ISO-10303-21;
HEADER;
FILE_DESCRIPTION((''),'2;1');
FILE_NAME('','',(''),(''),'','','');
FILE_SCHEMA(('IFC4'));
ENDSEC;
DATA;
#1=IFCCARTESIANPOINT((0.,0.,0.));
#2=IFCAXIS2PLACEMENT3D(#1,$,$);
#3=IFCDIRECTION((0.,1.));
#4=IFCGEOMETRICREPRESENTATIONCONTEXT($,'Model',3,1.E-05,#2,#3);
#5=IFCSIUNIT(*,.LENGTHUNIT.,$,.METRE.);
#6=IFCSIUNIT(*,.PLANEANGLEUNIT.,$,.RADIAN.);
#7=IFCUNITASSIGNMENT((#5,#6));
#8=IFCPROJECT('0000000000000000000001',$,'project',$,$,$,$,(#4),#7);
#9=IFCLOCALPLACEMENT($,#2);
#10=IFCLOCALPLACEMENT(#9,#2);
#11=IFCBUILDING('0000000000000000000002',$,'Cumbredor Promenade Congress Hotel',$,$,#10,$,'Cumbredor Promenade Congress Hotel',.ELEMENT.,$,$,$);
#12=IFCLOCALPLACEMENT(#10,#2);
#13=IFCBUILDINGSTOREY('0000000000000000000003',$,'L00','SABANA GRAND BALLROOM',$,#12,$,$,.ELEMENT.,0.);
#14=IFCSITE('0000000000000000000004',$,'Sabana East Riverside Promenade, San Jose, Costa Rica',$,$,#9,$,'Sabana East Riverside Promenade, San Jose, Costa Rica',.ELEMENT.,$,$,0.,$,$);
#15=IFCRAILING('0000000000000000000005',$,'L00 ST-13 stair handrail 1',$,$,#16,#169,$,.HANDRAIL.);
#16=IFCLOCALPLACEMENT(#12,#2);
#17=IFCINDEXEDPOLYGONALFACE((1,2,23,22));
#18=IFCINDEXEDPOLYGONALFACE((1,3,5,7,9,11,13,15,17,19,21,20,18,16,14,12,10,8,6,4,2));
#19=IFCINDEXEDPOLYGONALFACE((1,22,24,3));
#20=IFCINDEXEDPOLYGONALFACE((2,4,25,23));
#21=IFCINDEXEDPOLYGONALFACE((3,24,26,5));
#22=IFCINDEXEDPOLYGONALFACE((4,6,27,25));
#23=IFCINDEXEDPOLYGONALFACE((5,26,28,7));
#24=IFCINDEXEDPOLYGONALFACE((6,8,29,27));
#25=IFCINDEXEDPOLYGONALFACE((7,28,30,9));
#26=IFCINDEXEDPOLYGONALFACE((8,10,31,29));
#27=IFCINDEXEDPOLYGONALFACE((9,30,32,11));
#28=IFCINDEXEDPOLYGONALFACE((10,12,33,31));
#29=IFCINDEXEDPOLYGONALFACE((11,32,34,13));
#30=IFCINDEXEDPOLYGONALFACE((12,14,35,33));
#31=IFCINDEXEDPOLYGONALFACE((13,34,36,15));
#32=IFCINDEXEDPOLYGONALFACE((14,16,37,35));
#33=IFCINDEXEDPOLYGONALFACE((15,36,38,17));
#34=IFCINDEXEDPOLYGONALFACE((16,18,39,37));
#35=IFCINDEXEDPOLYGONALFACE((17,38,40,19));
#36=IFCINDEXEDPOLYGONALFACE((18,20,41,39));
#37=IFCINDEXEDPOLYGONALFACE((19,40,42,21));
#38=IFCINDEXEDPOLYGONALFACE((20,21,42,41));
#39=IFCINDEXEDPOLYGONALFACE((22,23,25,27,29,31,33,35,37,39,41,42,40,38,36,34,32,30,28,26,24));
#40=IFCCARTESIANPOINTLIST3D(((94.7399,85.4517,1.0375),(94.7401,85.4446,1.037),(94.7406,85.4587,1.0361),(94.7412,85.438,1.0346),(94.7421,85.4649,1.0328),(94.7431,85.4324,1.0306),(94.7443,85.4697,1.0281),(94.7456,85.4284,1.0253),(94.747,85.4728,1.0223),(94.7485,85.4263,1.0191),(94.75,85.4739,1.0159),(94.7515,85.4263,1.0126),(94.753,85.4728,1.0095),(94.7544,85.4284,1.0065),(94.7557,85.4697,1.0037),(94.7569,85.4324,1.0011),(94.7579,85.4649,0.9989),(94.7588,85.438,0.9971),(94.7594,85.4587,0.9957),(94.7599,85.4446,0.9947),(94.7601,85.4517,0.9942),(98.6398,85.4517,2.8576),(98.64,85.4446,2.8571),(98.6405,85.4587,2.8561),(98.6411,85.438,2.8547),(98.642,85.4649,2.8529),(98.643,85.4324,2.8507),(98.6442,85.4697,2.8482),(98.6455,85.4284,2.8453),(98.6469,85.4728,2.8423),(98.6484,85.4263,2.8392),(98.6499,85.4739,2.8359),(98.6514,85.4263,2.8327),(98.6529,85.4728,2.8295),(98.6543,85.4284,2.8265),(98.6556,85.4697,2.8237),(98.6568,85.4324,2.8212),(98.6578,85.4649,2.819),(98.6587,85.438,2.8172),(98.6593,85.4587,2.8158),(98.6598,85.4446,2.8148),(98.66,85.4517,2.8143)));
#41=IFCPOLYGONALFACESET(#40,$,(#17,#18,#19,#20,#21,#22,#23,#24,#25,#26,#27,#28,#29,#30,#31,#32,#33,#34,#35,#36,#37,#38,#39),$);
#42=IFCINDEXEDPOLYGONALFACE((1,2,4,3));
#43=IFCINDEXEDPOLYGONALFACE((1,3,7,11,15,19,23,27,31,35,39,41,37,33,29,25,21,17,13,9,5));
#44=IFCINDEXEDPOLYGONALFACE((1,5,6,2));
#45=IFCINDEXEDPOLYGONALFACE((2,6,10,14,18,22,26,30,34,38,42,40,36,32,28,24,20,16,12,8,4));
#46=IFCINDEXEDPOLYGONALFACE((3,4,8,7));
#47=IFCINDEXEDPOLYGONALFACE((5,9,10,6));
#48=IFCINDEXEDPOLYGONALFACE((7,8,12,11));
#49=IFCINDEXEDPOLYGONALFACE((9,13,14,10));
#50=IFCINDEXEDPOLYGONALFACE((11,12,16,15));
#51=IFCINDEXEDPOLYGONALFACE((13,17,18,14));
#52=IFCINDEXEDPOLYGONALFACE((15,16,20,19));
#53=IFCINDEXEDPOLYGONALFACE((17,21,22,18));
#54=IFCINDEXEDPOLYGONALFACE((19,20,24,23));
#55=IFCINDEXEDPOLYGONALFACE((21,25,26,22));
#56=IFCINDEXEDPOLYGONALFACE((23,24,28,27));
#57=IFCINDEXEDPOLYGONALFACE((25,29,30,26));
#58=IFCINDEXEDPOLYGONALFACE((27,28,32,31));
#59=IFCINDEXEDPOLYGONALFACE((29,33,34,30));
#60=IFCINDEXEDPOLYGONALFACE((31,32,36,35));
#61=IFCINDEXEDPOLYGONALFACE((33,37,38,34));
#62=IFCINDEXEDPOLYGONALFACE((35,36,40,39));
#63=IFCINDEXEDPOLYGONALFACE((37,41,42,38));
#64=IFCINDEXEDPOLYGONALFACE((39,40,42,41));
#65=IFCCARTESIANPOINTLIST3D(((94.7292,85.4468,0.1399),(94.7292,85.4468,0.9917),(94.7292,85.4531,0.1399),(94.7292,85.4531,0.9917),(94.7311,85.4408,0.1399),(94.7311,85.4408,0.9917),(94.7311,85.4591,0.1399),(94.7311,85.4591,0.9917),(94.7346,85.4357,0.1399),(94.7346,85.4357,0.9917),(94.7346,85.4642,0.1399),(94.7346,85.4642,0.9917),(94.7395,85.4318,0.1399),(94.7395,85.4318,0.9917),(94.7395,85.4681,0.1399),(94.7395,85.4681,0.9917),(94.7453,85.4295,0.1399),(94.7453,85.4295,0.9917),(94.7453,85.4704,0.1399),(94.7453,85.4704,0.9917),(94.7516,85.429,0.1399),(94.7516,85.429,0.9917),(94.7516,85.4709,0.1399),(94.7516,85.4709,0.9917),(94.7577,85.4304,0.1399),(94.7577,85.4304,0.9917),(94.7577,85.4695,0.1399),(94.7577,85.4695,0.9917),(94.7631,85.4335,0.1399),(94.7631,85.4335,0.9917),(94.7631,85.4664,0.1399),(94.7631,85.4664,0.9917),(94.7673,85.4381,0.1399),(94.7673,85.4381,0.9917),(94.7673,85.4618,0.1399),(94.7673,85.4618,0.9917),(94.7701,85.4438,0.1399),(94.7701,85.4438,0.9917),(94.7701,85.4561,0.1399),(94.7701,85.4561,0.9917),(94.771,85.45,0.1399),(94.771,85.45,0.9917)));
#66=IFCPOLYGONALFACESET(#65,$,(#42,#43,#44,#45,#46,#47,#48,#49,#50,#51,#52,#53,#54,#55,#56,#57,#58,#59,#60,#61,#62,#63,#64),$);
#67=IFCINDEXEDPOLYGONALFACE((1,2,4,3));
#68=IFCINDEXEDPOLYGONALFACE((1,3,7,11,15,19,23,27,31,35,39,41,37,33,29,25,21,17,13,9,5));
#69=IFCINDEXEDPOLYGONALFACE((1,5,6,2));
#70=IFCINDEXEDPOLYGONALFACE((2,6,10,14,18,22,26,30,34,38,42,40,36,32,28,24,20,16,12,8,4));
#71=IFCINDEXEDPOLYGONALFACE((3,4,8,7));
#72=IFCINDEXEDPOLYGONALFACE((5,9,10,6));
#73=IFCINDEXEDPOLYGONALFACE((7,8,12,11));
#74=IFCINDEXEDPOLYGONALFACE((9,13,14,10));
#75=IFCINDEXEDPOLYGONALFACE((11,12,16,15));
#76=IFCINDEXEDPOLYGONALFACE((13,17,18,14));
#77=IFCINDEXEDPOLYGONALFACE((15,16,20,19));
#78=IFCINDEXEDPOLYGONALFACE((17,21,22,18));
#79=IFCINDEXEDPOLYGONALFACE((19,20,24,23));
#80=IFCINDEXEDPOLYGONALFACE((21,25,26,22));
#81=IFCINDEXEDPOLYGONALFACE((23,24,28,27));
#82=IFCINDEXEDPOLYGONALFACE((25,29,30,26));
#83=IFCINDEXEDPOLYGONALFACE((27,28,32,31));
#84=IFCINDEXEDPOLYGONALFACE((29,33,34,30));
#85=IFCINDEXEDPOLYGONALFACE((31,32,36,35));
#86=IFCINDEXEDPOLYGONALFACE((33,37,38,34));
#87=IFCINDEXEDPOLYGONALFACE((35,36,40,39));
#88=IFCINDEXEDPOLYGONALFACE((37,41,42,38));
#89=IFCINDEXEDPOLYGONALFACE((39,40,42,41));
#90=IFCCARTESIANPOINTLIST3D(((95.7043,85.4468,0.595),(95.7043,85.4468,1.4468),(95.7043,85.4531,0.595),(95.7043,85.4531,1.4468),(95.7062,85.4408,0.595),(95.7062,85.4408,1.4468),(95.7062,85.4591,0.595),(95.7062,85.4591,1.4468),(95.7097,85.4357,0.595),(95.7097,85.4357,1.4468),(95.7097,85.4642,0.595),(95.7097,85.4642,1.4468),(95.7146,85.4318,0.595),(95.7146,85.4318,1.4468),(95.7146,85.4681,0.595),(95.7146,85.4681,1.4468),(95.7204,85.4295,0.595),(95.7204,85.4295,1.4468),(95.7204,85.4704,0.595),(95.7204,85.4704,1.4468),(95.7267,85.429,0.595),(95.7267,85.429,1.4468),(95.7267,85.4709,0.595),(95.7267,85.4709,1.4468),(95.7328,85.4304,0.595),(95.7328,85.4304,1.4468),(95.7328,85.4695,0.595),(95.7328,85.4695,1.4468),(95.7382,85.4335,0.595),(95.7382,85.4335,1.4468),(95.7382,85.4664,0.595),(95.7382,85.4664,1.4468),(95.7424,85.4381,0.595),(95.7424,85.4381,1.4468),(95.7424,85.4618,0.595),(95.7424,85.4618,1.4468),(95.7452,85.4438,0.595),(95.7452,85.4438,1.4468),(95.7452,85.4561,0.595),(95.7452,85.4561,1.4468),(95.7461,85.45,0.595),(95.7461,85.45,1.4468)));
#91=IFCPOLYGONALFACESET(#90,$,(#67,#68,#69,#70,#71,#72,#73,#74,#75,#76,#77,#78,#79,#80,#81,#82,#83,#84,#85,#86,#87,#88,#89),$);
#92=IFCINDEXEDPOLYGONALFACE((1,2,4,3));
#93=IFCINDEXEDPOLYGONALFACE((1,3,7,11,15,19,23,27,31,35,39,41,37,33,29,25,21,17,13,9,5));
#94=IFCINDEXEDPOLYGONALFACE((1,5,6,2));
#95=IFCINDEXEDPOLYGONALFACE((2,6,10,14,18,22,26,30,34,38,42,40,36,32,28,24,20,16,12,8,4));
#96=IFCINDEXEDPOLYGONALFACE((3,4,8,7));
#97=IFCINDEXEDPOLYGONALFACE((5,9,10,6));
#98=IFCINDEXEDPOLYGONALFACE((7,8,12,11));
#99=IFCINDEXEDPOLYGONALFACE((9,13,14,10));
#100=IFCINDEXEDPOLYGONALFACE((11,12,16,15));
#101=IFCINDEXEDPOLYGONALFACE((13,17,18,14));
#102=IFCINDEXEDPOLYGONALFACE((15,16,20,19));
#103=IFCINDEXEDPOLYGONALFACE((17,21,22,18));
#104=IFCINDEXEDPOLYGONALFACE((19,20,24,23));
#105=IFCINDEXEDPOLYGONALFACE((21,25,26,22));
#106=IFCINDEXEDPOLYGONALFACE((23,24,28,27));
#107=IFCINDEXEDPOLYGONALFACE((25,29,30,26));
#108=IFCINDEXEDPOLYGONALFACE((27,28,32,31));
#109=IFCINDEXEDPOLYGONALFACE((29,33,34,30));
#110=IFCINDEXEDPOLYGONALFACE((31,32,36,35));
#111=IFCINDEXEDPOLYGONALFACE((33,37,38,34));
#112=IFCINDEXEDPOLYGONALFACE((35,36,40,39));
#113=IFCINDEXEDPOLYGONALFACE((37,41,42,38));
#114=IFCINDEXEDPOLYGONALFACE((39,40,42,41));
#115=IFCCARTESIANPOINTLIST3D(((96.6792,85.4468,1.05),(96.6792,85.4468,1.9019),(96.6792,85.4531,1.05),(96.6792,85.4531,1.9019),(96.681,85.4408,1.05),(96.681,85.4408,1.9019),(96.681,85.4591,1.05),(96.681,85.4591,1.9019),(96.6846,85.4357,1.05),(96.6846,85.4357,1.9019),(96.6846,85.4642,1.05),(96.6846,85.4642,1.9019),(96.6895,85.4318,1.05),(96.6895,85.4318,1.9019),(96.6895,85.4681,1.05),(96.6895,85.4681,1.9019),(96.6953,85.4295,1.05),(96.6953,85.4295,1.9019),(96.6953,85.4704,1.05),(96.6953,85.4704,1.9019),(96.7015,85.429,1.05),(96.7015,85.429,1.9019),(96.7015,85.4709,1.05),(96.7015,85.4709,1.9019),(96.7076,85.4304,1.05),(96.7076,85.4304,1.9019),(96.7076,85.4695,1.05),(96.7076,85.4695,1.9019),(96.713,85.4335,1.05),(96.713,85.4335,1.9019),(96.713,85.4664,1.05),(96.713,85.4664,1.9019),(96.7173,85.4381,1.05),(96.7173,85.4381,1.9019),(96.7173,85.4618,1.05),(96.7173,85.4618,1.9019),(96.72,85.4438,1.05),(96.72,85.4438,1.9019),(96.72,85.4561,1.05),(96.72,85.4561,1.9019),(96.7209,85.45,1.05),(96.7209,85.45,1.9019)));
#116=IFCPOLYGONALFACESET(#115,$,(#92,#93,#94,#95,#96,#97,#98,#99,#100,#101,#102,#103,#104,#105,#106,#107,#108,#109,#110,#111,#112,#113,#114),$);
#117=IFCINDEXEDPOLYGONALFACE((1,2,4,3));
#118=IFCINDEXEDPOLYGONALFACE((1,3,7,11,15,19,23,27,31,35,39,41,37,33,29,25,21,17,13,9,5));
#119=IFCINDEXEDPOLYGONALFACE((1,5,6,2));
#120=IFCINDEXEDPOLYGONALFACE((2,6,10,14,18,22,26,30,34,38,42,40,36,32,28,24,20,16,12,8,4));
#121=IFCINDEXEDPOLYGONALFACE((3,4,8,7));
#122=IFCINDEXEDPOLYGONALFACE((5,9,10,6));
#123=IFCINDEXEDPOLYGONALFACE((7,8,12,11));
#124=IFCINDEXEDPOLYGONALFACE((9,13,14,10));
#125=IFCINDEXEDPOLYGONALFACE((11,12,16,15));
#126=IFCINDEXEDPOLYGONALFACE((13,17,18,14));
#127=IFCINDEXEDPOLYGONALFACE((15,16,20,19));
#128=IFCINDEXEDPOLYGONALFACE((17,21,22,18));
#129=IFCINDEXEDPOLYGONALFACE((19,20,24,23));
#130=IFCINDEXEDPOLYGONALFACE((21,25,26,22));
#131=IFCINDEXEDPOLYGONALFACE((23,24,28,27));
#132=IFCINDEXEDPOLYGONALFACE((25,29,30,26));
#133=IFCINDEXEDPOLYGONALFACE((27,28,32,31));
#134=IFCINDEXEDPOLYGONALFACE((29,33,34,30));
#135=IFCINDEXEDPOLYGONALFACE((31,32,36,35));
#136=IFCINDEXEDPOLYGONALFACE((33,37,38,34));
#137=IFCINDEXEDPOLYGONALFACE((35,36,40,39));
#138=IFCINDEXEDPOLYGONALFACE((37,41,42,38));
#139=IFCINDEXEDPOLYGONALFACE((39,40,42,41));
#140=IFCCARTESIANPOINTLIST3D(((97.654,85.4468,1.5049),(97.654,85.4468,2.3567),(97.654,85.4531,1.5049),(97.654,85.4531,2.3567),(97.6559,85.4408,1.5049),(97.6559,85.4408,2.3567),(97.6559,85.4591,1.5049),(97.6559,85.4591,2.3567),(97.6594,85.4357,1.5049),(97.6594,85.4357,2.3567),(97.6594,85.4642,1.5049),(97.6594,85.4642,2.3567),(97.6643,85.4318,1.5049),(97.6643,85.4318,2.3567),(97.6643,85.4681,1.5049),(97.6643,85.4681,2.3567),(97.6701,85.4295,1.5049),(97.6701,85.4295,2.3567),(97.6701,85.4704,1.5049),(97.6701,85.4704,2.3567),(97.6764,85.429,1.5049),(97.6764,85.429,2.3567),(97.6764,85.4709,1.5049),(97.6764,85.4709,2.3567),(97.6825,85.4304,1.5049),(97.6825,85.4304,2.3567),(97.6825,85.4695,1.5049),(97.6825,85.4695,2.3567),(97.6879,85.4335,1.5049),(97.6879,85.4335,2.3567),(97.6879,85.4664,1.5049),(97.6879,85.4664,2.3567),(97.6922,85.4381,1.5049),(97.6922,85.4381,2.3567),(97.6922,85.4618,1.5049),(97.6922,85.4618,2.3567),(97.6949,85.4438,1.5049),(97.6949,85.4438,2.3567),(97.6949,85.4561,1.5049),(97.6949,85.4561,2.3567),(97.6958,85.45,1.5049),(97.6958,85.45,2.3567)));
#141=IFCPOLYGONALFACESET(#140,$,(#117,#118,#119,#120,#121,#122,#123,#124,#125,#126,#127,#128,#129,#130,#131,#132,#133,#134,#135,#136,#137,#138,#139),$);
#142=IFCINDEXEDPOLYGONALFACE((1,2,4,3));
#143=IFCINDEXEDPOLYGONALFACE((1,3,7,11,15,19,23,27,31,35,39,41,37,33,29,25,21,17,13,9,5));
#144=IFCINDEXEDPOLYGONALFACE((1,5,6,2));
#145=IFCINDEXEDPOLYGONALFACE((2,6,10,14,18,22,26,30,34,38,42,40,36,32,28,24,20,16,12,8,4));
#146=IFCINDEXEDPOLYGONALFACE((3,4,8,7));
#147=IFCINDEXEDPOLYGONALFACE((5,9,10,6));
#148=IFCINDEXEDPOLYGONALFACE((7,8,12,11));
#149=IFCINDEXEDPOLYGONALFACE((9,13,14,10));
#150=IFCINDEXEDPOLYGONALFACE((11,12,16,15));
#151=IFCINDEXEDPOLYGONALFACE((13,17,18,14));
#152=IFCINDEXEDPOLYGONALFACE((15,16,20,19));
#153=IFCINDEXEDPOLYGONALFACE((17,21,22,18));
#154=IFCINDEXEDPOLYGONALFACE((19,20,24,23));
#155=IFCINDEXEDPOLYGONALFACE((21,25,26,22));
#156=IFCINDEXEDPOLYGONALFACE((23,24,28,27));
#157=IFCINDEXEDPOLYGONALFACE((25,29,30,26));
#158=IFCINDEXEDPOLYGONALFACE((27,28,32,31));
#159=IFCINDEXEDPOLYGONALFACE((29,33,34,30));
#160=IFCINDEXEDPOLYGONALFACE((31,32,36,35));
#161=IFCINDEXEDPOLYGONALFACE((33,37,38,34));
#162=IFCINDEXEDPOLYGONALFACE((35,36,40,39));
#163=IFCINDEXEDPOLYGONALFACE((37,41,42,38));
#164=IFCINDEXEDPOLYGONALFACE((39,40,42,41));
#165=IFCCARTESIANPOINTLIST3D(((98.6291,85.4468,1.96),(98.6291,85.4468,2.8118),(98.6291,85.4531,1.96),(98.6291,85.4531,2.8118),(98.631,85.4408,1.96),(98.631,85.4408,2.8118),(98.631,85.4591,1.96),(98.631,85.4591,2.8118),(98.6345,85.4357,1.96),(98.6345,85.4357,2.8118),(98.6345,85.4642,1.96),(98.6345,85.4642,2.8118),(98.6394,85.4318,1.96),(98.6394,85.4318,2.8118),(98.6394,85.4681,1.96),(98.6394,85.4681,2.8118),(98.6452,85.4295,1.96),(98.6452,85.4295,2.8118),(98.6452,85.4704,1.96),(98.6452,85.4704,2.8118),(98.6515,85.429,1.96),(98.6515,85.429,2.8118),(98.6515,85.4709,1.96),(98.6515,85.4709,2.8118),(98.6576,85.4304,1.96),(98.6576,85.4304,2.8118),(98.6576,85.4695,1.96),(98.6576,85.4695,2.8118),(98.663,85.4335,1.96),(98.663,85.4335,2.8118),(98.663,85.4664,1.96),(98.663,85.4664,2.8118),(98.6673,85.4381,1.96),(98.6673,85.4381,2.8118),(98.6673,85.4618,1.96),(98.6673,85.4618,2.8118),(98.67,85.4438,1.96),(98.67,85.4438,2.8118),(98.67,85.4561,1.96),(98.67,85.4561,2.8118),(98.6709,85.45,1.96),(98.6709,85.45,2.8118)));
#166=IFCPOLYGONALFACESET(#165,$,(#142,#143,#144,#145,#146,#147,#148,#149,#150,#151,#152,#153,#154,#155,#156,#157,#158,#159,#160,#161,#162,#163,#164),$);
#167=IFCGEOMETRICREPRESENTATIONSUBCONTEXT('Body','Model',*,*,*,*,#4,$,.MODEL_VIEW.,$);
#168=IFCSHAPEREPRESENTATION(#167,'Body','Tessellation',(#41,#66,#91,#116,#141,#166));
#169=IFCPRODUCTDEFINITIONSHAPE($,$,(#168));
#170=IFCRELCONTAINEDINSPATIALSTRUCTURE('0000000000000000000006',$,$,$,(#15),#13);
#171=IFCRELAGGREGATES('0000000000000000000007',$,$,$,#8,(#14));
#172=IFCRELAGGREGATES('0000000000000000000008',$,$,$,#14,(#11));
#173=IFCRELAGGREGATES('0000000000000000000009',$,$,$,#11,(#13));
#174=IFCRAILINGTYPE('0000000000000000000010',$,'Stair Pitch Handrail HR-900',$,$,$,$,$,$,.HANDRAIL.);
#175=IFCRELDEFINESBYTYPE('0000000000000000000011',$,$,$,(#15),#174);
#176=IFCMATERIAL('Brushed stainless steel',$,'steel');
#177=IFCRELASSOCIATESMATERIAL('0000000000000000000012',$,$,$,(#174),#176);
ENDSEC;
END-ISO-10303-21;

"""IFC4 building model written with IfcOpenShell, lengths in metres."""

from ifc_helpers import new_model, si_unit, direction, frame, origin, origin_2d, place, context, subcontext, project, spatial, circle, extrude, material, type_object, element, save


model = new_model("IFC4")

# Units and contexts
model_context = context("Model", 3, precision=1e-05, world=origin(), true_north=direction((0.0, 1.0)))
body_context = subcontext(model_context, "Body", "Model", "MODEL_VIEW")
ifc_project = project(units=[si_unit("LENGTHUNIT", "METRE"), si_unit("PLANEANGLEUNIT", "RADIAN")], contexts=[model_context])

# Site, building, storey
site_placement = place(None, origin())
site = spatial("IfcSite", under=ifc_project, at=site_placement, Name="Sabana East Riverside Promenade, San Jose, Costa Rica", LongName="Sabana East Riverside Promenade, San Jose, Costa Rica", CompositionType="ELEMENT", RefElevation=0.0)
building_placement = place(site_placement, origin())
building = spatial("IfcBuilding", under=site, at=building_placement, Name="Cumbredor Promenade Congress Hotel", LongName="Cumbredor Promenade Congress Hotel", CompositionType="ELEMENT")
storey_placement = place(building_placement, origin())
storey = spatial("IfcBuildingStorey", under=building, at=storey_placement, Name="L00", Description="SABANA GRAND BALLROOM", CompositionType="ELEMENT", Elevation=0.0)

# Railing
ifc_material_1 = material(Name="Brushed stainless steel", Category="steel")
railing_type_1 = type_object("IfcRailingType", Name="Stair Pitch Handrail HR-900", PredefinedType="HANDRAIL", material=ifc_material_1)
railing_1_placement = place(storey_placement, frame((94.75, 85.45, 0.1399)))
element("IfcRailing", 1, at=railing_1_placement, inside=storey, type_object=railing_type_1, Name="L00 ST-13 stair handrail 1", PredefinedType="HANDRAIL", context=body_context, shape_type="SweptSolid", body=[
    extrude(circle(Radius=0.0239, at=origin_2d()), frame((0.0, 0.0, 0.876), z_axis=(0.906173, 0.0, 0.422907), x_axis=(0.0, 1.0, 0.0)), (0.0, 0.0, 1.0), 4.3037),
    extrude(circle(Radius=0.021, at=origin_2d()), origin(), (0.0, 0.0, 1.0), 0.8518),
    extrude(circle(Radius=0.021, at=origin_2d()), frame((0.9751, 0.0, 0.4551)), (0.0, 0.0, 1.0), 0.8518),
    extrude(circle(Radius=0.021, at=origin_2d()), frame((1.95, 0.0, 0.9102)), (0.0, 0.0, 1.0), 0.8518),
    extrude(circle(Radius=0.021, at=origin_2d()), frame((2.9248, 0.0, 1.365)), (0.0, 0.0, 1.0), 0.8518),
    extrude(circle(Radius=0.021, at=origin_2d()), frame((3.8999, 0.0, 1.8201)), (0.0, 0.0, 1.0), 0.8518),
])

save(model, "model.ifc")
